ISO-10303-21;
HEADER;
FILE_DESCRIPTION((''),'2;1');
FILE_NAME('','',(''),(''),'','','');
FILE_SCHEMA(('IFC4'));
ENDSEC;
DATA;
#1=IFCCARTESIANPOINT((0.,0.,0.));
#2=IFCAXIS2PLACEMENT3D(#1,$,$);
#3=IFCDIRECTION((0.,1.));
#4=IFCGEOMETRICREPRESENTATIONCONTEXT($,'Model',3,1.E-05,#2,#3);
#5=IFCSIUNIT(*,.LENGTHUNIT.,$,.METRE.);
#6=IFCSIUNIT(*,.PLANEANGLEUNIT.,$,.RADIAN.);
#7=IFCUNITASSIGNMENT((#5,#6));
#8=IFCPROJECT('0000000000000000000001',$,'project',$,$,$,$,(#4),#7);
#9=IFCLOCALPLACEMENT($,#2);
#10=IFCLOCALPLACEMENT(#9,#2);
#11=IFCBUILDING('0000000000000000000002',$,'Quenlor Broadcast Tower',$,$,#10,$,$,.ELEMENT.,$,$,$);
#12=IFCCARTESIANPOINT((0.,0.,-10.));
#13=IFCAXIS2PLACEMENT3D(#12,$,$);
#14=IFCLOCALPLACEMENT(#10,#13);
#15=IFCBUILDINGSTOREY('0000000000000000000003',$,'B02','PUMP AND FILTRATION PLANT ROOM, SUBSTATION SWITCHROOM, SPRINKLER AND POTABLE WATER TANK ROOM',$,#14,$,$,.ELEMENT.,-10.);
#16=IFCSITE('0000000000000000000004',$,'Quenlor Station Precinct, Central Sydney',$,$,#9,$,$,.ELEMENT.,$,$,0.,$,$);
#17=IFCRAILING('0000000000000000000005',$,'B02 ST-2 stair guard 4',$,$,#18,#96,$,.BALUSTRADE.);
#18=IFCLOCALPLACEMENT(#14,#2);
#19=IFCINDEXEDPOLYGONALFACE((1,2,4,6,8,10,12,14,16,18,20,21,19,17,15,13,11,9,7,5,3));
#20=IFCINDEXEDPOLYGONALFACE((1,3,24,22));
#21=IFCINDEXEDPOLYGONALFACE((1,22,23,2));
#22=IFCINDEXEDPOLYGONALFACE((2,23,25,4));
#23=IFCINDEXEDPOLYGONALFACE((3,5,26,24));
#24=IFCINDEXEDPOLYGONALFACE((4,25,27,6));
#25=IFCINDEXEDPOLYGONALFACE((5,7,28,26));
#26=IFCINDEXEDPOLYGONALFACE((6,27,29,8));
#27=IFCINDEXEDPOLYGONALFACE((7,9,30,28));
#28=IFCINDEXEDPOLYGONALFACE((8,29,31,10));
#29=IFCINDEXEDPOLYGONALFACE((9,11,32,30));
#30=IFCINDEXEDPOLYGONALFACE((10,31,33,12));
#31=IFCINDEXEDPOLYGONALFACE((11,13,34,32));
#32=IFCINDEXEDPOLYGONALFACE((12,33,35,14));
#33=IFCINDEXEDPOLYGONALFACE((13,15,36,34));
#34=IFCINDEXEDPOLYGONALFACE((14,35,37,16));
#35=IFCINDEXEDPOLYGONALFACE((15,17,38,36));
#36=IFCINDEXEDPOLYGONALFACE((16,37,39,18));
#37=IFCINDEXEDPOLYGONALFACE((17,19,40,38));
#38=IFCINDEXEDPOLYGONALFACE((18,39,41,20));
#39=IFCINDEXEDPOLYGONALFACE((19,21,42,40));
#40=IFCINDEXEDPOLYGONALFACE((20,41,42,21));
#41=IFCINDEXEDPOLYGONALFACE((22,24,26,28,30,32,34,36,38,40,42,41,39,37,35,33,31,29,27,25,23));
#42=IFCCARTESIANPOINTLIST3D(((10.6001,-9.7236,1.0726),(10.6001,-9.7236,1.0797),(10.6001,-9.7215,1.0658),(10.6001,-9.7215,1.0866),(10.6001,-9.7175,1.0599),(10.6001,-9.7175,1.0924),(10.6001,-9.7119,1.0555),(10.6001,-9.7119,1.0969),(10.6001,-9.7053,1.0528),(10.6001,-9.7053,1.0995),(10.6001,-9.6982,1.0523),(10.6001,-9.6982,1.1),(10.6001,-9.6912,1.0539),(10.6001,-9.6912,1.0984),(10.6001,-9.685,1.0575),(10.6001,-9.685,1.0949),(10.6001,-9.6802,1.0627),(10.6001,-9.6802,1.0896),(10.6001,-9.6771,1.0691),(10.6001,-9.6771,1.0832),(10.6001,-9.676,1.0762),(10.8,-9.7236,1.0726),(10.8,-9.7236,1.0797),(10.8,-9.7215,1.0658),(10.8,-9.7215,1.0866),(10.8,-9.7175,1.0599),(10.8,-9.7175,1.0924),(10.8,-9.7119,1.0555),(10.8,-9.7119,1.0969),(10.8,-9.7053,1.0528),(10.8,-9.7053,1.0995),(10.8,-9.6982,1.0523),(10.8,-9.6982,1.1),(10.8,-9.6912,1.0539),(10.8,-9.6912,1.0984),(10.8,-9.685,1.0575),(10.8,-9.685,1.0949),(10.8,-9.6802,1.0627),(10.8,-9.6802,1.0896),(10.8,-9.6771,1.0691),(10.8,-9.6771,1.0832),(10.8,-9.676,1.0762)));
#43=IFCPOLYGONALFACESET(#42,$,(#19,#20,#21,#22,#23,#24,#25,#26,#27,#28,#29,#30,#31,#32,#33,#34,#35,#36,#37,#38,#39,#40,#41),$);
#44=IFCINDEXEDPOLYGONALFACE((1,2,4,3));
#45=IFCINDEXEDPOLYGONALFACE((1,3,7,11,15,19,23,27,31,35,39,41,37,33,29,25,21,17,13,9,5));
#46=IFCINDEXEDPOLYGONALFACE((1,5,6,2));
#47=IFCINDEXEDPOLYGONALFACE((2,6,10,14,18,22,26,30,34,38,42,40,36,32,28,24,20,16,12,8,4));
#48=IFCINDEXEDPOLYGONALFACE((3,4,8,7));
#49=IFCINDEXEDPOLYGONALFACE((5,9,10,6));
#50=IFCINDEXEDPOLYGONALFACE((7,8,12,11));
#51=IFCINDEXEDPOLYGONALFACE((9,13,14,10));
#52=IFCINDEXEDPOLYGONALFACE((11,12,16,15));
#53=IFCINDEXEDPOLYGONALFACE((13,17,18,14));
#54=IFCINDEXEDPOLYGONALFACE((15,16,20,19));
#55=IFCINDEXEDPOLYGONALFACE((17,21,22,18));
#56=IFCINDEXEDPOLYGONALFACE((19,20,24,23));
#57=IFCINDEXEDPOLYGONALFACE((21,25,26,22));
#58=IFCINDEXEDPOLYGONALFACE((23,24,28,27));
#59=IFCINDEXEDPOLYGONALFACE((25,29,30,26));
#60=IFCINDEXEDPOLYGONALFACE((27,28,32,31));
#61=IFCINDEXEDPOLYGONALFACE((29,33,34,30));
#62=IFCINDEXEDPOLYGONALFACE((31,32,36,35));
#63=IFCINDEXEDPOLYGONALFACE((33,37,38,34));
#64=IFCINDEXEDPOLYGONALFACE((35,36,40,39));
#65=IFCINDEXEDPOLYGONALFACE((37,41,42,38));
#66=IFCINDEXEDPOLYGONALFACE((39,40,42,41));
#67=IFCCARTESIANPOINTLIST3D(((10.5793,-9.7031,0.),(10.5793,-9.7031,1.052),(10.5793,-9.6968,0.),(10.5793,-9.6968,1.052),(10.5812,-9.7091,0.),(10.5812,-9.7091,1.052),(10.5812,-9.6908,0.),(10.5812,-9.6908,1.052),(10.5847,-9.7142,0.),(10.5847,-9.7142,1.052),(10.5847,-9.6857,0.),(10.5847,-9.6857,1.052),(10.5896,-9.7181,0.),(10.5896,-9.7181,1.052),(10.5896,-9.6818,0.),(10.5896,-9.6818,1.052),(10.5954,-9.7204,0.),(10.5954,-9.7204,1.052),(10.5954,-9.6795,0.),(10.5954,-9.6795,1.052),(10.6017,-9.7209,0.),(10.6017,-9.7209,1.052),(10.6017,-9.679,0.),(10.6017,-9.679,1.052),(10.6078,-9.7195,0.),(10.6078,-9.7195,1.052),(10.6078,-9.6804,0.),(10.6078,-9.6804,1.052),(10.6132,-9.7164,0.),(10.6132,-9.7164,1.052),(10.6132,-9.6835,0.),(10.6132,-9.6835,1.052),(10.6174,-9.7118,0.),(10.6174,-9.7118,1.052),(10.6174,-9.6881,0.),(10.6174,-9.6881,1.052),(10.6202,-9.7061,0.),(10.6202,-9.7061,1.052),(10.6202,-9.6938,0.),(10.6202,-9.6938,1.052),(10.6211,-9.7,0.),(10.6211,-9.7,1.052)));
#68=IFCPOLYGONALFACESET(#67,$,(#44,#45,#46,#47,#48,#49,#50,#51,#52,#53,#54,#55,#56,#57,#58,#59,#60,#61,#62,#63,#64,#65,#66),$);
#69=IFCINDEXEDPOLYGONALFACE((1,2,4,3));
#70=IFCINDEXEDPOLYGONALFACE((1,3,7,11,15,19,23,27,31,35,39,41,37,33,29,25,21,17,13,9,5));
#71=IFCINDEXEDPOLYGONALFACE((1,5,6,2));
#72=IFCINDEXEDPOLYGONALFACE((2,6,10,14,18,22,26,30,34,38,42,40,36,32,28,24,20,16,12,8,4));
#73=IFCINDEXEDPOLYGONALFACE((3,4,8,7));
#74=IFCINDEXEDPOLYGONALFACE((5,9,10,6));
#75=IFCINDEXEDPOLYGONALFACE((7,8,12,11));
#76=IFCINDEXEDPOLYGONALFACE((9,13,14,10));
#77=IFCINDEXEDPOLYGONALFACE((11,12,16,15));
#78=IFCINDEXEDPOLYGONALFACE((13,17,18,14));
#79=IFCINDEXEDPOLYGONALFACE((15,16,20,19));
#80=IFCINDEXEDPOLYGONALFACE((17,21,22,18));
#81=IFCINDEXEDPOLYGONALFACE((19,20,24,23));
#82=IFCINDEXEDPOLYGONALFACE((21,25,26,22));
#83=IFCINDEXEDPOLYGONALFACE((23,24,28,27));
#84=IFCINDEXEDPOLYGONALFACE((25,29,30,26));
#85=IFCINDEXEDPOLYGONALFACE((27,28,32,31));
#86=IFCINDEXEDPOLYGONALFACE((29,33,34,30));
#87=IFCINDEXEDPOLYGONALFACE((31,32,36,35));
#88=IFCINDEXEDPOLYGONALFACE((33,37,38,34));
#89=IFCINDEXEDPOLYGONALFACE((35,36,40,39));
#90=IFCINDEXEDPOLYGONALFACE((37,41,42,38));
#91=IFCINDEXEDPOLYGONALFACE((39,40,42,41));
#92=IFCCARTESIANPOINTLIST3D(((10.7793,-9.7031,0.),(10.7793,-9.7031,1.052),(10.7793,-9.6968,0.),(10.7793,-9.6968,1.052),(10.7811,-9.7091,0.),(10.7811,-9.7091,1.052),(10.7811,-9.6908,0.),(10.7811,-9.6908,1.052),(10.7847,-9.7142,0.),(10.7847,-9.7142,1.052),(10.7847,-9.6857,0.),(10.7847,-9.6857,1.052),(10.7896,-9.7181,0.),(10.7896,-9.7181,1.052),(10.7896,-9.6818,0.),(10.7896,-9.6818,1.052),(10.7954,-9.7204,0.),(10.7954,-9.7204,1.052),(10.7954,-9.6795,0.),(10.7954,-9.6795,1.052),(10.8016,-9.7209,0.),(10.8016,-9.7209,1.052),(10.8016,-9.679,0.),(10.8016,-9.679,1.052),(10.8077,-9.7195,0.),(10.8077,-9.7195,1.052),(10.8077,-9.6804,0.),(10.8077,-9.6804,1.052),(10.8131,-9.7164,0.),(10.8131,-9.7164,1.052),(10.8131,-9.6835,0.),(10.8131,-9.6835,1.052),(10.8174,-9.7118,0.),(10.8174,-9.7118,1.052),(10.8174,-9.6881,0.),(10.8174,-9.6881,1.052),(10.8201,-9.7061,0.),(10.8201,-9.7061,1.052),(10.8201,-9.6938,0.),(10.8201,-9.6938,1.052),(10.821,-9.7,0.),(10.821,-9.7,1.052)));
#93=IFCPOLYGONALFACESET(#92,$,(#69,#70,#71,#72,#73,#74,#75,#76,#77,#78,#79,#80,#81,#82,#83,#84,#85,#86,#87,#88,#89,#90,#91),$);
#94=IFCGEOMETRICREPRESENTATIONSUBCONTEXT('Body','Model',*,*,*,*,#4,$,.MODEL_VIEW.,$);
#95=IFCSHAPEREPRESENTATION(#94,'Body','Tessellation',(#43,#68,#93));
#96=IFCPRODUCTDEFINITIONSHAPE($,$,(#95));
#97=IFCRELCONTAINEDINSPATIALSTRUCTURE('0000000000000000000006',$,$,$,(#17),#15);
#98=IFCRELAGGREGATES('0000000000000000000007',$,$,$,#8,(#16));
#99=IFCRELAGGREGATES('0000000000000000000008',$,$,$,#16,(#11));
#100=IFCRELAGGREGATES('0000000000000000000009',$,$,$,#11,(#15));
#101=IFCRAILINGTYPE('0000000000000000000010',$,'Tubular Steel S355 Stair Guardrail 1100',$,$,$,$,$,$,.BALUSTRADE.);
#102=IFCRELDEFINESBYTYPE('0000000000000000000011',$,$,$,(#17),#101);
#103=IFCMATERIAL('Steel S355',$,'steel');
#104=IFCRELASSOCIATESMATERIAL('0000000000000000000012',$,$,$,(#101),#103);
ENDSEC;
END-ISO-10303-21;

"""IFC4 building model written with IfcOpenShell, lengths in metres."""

from ifc_helpers import new_model, si_unit, direction, frame, origin, origin_2d, place, context, subcontext, project, spatial, circle, extrude, material, type_object, element, save


model = new_model("IFC4")

# Units and contexts
model_context = context("Model", 3, precision=1e-05, world=origin(), true_north=direction((0.0, 1.0)))
body_context = subcontext(model_context, "Body", "Model", "MODEL_VIEW")
ifc_project = project(units=[si_unit("LENGTHUNIT", "METRE"), si_unit("PLANEANGLEUNIT", "RADIAN")], contexts=[model_context])

# Site, building, storey
site_placement = place(None, origin())
site = spatial("IfcSite", under=ifc_project, at=site_placement, Name="Quenlor Station Precinct, Central Sydney", CompositionType="ELEMENT", RefElevation=0.0)
building_placement = place(site_placement, origin())
building = spatial("IfcBuilding", under=site, at=building_placement, Name="Quenlor Broadcast Tower", CompositionType="ELEMENT")
storey_placement = place(building_placement, frame((0.0, 0.0, -10.0)))
storey = spatial("IfcBuildingStorey", under=building, at=storey_placement, Name="B02", Description="PUMP AND FILTRATION PLANT ROOM, SUBSTATION SWITCHROOM, SPRINKLER AND POTABLE WATER TANK ROOM", CompositionType="ELEMENT", Elevation=-10.0)

# Railing
ifc_material_1 = material(Name="Steel S355", Category="steel")
railing_type_1 = type_object("IfcRailingType", Name="Tubular Steel S355 Stair Guardrail 1100", PredefinedType="BALUSTRADE", material=ifc_material_1)
railing_1_placement = place(storey_placement, frame((10.6001, -9.7, 0.0)))
element("IfcRailing", 1, at=railing_1_placement, inside=storey, type_object=railing_type_1, Name="B02 ST-2 stair guard 4", PredefinedType="BALUSTRADE", context=body_context, shape_type="SweptSolid", body=[
    extrude(circle(Radius=0.0239, at=origin_2d()), frame((0.0, 0.0, 1.0762), z_axis=(1.0, 0.0, 0.0), x_axis=(0.0, 1.0, 0.0)), (0.0, 0.0, 1.0), 0.2),
    extrude(circle(Radius=0.021, at=origin_2d()), origin(), (0.0, 0.0, 1.0), 1.052),
    extrude(circle(Radius=0.021, at=origin_2d()), frame((0.2, 0.0, 0.0)), (0.0, 0.0, 1.0), 1.052),
])

save(model, "model.ifc")
